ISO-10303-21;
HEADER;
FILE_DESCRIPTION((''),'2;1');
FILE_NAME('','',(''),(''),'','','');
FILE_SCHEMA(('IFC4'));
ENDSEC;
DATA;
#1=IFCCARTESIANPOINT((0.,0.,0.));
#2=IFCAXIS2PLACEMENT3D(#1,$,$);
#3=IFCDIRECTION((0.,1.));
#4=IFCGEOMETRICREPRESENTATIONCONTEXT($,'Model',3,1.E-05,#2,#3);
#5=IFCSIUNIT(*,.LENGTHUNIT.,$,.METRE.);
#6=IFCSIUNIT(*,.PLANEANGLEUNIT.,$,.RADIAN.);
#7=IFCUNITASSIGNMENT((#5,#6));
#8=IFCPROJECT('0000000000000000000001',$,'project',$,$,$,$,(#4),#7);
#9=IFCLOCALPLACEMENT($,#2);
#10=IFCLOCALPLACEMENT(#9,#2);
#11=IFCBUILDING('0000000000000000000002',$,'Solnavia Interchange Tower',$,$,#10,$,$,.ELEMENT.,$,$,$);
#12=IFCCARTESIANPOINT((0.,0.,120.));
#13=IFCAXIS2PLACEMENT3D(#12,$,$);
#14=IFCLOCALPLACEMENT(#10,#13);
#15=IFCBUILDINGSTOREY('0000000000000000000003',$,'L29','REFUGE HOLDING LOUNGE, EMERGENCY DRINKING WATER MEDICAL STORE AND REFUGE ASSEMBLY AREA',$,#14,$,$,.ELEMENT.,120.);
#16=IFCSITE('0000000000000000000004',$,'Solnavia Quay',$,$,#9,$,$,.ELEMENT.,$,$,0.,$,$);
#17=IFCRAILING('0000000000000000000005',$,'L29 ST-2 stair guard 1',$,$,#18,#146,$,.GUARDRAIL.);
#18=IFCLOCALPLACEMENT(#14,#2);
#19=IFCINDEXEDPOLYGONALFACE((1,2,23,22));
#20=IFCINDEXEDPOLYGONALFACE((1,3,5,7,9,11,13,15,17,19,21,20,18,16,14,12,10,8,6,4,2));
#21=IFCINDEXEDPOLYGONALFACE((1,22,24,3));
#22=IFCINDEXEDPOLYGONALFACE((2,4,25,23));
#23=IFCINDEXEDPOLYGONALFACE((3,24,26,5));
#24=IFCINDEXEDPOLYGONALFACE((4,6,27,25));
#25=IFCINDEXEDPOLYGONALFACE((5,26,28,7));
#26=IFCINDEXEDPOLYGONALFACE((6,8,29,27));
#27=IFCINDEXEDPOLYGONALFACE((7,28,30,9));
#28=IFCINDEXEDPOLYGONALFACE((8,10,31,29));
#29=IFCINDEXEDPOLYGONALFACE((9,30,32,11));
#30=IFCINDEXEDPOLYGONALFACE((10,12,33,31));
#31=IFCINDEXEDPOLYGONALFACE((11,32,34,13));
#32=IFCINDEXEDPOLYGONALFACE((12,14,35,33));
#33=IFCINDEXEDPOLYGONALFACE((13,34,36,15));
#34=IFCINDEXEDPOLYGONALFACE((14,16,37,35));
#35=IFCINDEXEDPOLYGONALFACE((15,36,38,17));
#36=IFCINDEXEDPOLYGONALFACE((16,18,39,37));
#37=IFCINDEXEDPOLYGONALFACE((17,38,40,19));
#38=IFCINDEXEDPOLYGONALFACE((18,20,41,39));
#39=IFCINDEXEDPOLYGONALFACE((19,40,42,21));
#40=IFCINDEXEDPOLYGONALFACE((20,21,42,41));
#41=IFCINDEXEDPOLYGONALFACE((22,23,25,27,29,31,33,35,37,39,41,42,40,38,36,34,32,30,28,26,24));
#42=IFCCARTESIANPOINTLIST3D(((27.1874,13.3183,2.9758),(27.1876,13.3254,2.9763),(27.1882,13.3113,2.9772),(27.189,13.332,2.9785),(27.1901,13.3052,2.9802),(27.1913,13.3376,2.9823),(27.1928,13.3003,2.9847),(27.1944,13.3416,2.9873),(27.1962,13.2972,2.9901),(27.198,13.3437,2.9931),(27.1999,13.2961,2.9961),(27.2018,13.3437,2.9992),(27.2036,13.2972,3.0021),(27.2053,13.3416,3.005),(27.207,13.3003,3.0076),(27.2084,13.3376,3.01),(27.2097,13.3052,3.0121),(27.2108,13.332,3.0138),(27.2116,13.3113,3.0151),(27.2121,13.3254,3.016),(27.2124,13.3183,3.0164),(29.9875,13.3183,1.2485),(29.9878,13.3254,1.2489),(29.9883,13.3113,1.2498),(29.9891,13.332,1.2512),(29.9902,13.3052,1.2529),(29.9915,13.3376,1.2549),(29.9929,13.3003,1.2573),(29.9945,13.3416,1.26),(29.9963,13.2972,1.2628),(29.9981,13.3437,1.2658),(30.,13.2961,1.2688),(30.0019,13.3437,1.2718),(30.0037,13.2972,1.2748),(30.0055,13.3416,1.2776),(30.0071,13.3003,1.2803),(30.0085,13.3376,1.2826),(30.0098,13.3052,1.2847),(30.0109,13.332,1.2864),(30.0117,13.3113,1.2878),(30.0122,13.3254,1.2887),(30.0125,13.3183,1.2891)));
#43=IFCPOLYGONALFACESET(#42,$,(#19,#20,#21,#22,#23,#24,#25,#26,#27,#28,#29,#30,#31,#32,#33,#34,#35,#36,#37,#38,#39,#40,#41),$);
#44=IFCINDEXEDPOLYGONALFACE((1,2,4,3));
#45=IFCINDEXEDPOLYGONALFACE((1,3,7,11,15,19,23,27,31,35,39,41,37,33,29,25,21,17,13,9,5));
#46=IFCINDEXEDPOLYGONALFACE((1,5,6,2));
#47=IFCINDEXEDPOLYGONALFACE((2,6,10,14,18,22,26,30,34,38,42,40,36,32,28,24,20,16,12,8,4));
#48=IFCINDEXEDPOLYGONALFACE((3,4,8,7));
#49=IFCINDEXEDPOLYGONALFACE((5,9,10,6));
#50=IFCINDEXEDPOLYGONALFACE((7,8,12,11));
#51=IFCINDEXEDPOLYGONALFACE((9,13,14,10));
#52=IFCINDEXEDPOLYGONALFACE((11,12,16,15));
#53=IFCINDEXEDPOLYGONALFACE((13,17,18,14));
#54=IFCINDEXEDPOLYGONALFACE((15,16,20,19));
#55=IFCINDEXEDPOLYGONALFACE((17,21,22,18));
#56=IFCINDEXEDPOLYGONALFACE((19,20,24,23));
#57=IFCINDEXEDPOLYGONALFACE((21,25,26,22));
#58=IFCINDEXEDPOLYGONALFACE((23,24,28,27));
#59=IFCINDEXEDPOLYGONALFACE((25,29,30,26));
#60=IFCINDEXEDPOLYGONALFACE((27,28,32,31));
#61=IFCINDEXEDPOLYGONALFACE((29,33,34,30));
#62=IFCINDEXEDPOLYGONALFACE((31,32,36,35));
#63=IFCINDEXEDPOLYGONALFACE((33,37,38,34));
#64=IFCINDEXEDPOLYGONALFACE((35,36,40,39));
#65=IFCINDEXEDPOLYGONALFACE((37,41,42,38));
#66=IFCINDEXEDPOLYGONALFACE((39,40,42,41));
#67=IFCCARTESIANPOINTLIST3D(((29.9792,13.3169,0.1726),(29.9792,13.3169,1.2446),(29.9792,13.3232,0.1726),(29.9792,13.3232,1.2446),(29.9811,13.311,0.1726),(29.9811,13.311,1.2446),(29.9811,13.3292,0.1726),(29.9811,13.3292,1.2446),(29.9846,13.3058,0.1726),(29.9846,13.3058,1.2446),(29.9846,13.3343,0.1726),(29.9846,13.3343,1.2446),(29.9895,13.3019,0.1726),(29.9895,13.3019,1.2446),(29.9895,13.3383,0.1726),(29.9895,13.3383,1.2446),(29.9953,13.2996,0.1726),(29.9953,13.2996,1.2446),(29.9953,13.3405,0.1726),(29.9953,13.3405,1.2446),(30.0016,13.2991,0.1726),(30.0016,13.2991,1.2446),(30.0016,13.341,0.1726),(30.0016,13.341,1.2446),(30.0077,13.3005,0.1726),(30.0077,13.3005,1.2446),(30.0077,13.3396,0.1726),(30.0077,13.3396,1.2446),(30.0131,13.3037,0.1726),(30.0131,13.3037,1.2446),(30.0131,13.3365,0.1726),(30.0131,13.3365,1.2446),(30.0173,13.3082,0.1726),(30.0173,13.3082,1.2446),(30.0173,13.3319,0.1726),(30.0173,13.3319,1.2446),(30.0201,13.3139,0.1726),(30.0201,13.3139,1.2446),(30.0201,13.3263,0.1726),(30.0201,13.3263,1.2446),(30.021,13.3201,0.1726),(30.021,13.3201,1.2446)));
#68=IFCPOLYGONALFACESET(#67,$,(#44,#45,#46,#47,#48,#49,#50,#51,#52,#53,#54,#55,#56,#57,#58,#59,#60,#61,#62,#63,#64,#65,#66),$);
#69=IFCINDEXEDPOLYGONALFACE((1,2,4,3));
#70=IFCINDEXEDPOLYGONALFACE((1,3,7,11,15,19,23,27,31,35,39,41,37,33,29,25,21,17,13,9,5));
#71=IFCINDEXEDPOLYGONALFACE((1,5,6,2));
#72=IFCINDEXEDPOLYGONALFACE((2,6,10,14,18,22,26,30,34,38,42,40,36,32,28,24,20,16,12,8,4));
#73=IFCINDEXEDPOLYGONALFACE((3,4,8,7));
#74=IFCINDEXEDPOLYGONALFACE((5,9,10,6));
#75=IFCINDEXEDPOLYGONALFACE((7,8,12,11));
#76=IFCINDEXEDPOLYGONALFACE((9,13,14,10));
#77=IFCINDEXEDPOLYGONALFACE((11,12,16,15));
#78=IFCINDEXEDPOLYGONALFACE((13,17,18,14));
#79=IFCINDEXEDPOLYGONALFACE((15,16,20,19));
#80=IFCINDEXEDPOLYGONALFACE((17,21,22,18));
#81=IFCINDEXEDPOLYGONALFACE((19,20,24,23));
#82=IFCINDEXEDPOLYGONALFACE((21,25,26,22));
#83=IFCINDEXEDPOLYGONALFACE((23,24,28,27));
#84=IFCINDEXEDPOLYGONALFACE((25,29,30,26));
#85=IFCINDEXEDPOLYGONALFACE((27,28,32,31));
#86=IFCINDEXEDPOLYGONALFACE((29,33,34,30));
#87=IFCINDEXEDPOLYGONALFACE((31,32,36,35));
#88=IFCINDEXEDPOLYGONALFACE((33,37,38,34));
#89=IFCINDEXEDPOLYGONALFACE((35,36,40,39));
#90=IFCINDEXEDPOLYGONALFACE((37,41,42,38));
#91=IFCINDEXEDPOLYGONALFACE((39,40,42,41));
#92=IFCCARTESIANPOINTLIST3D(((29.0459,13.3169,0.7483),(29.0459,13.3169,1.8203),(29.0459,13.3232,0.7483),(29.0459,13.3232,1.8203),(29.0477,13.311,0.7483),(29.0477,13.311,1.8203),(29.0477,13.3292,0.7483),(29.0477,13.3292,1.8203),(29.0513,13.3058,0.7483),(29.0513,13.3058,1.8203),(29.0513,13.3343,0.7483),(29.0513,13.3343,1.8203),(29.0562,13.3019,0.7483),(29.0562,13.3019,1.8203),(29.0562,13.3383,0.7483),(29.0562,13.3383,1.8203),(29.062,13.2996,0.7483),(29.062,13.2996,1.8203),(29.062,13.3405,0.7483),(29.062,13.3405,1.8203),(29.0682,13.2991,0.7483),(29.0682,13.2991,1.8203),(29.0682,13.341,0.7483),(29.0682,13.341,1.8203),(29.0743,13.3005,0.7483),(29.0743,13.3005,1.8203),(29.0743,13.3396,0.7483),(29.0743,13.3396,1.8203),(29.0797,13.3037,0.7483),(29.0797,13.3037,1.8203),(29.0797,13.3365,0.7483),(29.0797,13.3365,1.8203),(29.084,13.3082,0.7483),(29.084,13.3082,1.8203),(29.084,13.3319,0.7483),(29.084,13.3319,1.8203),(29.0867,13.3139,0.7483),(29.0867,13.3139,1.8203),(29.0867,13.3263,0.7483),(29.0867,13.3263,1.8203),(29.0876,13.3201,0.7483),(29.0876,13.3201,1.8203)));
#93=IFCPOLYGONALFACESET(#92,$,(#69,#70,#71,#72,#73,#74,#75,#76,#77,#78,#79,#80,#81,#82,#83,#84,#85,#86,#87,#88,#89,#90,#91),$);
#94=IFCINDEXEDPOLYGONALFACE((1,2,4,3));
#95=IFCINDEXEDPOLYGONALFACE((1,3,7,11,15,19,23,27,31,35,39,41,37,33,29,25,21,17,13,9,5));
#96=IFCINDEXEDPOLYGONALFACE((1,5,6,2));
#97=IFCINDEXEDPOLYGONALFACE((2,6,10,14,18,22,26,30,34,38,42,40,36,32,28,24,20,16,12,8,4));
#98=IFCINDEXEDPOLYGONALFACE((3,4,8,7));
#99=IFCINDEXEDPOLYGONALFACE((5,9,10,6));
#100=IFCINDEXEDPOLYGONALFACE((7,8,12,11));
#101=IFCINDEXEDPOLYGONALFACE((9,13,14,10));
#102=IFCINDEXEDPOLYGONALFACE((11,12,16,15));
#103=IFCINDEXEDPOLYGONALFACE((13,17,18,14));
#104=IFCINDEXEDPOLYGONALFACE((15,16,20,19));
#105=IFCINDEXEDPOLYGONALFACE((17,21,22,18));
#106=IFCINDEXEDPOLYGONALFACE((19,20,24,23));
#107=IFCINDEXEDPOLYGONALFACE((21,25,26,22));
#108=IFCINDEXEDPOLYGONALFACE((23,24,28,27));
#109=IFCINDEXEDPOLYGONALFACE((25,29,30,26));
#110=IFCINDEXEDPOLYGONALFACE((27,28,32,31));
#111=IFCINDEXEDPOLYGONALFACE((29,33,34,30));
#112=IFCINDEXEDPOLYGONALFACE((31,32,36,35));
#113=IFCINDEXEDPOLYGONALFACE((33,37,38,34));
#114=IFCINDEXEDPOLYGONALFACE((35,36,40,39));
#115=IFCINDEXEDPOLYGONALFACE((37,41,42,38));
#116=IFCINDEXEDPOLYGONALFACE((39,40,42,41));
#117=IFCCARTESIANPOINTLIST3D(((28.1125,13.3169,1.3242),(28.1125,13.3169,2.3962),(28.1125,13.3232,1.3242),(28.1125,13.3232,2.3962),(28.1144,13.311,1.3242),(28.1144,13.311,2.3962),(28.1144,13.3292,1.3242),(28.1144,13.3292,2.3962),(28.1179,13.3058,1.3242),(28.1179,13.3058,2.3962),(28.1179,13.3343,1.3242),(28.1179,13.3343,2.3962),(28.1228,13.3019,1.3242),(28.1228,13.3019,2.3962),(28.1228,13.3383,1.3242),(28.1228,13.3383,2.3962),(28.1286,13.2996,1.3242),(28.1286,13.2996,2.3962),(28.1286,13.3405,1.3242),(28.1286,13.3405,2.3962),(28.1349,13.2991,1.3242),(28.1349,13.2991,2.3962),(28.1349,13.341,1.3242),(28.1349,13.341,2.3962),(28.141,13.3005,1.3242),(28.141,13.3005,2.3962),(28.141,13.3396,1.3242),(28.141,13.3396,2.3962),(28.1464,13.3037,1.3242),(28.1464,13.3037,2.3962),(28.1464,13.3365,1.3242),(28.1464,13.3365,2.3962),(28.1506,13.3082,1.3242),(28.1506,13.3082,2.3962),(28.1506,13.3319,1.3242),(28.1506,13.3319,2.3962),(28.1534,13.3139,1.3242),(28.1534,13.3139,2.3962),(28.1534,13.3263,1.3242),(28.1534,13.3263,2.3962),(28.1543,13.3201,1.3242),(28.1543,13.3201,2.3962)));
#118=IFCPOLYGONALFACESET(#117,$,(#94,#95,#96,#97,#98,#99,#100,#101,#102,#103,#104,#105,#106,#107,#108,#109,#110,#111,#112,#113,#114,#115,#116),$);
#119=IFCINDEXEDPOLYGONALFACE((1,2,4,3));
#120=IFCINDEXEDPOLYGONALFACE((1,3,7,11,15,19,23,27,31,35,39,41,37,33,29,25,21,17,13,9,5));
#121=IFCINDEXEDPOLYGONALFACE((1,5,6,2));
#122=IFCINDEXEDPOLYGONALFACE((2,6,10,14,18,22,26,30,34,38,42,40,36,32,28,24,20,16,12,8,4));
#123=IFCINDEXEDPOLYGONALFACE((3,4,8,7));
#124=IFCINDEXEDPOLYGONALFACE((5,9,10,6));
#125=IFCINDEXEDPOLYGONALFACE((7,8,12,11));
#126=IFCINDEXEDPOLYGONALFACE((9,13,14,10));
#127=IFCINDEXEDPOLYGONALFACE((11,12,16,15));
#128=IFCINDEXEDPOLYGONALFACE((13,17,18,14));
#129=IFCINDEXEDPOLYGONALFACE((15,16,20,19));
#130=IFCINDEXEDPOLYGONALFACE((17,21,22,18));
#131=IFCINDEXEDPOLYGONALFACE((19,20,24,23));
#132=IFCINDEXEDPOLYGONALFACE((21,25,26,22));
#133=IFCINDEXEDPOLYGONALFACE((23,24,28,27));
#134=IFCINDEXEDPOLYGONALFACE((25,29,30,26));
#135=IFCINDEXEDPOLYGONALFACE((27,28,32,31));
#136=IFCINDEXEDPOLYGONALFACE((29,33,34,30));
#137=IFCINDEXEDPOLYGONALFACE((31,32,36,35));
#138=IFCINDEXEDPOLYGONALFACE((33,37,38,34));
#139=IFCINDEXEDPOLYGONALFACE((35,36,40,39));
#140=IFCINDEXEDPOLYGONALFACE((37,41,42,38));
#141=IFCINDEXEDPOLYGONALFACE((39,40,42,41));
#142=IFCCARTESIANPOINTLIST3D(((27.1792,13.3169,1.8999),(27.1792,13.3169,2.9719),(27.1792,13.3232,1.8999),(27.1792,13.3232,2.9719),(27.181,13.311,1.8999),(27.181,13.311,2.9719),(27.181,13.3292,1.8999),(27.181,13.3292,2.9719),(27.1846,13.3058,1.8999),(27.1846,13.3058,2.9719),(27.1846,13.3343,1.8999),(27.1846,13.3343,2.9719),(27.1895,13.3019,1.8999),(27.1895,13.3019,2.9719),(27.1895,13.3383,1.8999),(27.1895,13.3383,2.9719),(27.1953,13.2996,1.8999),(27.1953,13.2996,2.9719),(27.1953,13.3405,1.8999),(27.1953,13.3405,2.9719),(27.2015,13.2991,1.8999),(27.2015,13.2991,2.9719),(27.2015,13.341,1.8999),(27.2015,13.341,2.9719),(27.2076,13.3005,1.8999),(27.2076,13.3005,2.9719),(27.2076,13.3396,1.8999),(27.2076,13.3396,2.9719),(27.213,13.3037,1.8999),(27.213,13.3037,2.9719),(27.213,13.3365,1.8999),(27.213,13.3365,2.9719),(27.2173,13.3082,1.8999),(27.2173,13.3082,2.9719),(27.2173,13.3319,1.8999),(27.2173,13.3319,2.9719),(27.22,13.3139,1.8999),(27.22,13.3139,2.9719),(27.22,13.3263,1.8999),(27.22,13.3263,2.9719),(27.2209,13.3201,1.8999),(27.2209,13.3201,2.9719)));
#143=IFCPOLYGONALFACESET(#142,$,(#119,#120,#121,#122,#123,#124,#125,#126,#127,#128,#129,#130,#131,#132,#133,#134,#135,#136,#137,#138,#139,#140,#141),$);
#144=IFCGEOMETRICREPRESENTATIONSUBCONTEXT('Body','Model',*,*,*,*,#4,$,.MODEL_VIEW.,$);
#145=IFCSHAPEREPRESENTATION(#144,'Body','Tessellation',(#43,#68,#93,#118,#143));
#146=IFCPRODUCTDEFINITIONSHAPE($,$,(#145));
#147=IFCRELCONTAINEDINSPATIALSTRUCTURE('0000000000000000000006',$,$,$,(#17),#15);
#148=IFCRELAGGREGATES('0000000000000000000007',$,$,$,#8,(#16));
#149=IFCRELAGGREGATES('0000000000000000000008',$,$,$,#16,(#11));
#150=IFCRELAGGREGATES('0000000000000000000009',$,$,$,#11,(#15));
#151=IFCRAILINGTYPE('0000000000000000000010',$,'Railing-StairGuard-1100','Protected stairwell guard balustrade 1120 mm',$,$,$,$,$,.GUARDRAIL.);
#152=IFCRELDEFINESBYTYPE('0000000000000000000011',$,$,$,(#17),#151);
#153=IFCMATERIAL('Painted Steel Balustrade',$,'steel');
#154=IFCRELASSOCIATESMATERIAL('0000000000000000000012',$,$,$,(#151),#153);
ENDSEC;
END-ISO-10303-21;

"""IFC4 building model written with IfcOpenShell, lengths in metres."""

from ifc_helpers import new_model, si_unit, direction, frame, origin, origin_2d, place, context, subcontext, project, spatial, circle, extrude, material, type_object, element, save


model = new_model("IFC4")

# Units and contexts
model_context = context("Model", 3, precision=1e-05, world=origin(), true_north=direction((0.0, 1.0)))
body_context = subcontext(model_context, "Body", "Model", "MODEL_VIEW")
ifc_project = project(units=[si_unit("LENGTHUNIT", "METRE"), si_unit("PLANEANGLEUNIT", "RADIAN")], contexts=[model_context])

# Site, building, storey
site_placement = place(None, origin())
site = spatial("IfcSite", under=ifc_project, at=site_placement, Name="Solnavia Quay", CompositionType="ELEMENT", RefElevation=0.0)
building_placement = place(site_placement, origin())
building = spatial("IfcBuilding", under=site, at=building_placement, Name="Solnavia Interchange Tower", CompositionType="ELEMENT")
storey_placement = place(building_placement, frame((0.0, 0.0, 120.0)))
storey = spatial("IfcBuildingStorey", under=building, at=storey_placement, Name="L29", Description="REFUGE HOLDING LOUNGE, EMERGENCY DRINKING WATER MEDICAL STORE AND REFUGE ASSEMBLY AREA", CompositionType="ELEMENT", Elevation=120.0)

# Railing
ifc_material_1 = material(Name="Painted Steel Balustrade", Category="steel")
railing_type_1 = type_object("IfcRailingType", Name="Railing-StairGuard-1100", Description="Protected stairwell guard balustrade 1120 mm", PredefinedType="GUARDRAIL", material=ifc_material_1)
railing_1_placement = place(storey_placement, frame((30.0, 13.3201, 0.1726)))
element("IfcRailing", 1, at=railing_1_placement, inside=storey, type_object=railing_type_1, Name="L29 ST-2 stair guard 1", PredefinedType="GUARDRAIL", context=body_context, shape_type="SweptSolid", body=[
    extrude(circle(Radius=0.0239, at=origin_2d()), frame((0.0, 0.0, 1.0962), z_axis=(-0.85109, 0.0, 0.52502), x_axis=(0.0, -1.0, 0.0)), (0.0, 0.0, 1.0), 3.29),
    extrude(circle(Radius=0.021, at=origin_2d()), origin(), (0.0, 0.0, 1.0), 1.072),
    extrude(circle(Radius=0.021, at=origin_2d()), frame((-0.9333, 0.0, 0.5757)), (0.0, 0.0, 1.0), 1.072),
    extrude(circle(Radius=0.021, at=origin_2d()), frame((-1.8667, 0.0, 1.1516)), (0.0, 0.0, 1.0), 1.072),
    extrude(circle(Radius=0.021, at=origin_2d()), frame((-2.8, 0.0, 1.7273)), (0.0, 0.0, 1.0), 1.072),
])

save(model, "model.ifc")
